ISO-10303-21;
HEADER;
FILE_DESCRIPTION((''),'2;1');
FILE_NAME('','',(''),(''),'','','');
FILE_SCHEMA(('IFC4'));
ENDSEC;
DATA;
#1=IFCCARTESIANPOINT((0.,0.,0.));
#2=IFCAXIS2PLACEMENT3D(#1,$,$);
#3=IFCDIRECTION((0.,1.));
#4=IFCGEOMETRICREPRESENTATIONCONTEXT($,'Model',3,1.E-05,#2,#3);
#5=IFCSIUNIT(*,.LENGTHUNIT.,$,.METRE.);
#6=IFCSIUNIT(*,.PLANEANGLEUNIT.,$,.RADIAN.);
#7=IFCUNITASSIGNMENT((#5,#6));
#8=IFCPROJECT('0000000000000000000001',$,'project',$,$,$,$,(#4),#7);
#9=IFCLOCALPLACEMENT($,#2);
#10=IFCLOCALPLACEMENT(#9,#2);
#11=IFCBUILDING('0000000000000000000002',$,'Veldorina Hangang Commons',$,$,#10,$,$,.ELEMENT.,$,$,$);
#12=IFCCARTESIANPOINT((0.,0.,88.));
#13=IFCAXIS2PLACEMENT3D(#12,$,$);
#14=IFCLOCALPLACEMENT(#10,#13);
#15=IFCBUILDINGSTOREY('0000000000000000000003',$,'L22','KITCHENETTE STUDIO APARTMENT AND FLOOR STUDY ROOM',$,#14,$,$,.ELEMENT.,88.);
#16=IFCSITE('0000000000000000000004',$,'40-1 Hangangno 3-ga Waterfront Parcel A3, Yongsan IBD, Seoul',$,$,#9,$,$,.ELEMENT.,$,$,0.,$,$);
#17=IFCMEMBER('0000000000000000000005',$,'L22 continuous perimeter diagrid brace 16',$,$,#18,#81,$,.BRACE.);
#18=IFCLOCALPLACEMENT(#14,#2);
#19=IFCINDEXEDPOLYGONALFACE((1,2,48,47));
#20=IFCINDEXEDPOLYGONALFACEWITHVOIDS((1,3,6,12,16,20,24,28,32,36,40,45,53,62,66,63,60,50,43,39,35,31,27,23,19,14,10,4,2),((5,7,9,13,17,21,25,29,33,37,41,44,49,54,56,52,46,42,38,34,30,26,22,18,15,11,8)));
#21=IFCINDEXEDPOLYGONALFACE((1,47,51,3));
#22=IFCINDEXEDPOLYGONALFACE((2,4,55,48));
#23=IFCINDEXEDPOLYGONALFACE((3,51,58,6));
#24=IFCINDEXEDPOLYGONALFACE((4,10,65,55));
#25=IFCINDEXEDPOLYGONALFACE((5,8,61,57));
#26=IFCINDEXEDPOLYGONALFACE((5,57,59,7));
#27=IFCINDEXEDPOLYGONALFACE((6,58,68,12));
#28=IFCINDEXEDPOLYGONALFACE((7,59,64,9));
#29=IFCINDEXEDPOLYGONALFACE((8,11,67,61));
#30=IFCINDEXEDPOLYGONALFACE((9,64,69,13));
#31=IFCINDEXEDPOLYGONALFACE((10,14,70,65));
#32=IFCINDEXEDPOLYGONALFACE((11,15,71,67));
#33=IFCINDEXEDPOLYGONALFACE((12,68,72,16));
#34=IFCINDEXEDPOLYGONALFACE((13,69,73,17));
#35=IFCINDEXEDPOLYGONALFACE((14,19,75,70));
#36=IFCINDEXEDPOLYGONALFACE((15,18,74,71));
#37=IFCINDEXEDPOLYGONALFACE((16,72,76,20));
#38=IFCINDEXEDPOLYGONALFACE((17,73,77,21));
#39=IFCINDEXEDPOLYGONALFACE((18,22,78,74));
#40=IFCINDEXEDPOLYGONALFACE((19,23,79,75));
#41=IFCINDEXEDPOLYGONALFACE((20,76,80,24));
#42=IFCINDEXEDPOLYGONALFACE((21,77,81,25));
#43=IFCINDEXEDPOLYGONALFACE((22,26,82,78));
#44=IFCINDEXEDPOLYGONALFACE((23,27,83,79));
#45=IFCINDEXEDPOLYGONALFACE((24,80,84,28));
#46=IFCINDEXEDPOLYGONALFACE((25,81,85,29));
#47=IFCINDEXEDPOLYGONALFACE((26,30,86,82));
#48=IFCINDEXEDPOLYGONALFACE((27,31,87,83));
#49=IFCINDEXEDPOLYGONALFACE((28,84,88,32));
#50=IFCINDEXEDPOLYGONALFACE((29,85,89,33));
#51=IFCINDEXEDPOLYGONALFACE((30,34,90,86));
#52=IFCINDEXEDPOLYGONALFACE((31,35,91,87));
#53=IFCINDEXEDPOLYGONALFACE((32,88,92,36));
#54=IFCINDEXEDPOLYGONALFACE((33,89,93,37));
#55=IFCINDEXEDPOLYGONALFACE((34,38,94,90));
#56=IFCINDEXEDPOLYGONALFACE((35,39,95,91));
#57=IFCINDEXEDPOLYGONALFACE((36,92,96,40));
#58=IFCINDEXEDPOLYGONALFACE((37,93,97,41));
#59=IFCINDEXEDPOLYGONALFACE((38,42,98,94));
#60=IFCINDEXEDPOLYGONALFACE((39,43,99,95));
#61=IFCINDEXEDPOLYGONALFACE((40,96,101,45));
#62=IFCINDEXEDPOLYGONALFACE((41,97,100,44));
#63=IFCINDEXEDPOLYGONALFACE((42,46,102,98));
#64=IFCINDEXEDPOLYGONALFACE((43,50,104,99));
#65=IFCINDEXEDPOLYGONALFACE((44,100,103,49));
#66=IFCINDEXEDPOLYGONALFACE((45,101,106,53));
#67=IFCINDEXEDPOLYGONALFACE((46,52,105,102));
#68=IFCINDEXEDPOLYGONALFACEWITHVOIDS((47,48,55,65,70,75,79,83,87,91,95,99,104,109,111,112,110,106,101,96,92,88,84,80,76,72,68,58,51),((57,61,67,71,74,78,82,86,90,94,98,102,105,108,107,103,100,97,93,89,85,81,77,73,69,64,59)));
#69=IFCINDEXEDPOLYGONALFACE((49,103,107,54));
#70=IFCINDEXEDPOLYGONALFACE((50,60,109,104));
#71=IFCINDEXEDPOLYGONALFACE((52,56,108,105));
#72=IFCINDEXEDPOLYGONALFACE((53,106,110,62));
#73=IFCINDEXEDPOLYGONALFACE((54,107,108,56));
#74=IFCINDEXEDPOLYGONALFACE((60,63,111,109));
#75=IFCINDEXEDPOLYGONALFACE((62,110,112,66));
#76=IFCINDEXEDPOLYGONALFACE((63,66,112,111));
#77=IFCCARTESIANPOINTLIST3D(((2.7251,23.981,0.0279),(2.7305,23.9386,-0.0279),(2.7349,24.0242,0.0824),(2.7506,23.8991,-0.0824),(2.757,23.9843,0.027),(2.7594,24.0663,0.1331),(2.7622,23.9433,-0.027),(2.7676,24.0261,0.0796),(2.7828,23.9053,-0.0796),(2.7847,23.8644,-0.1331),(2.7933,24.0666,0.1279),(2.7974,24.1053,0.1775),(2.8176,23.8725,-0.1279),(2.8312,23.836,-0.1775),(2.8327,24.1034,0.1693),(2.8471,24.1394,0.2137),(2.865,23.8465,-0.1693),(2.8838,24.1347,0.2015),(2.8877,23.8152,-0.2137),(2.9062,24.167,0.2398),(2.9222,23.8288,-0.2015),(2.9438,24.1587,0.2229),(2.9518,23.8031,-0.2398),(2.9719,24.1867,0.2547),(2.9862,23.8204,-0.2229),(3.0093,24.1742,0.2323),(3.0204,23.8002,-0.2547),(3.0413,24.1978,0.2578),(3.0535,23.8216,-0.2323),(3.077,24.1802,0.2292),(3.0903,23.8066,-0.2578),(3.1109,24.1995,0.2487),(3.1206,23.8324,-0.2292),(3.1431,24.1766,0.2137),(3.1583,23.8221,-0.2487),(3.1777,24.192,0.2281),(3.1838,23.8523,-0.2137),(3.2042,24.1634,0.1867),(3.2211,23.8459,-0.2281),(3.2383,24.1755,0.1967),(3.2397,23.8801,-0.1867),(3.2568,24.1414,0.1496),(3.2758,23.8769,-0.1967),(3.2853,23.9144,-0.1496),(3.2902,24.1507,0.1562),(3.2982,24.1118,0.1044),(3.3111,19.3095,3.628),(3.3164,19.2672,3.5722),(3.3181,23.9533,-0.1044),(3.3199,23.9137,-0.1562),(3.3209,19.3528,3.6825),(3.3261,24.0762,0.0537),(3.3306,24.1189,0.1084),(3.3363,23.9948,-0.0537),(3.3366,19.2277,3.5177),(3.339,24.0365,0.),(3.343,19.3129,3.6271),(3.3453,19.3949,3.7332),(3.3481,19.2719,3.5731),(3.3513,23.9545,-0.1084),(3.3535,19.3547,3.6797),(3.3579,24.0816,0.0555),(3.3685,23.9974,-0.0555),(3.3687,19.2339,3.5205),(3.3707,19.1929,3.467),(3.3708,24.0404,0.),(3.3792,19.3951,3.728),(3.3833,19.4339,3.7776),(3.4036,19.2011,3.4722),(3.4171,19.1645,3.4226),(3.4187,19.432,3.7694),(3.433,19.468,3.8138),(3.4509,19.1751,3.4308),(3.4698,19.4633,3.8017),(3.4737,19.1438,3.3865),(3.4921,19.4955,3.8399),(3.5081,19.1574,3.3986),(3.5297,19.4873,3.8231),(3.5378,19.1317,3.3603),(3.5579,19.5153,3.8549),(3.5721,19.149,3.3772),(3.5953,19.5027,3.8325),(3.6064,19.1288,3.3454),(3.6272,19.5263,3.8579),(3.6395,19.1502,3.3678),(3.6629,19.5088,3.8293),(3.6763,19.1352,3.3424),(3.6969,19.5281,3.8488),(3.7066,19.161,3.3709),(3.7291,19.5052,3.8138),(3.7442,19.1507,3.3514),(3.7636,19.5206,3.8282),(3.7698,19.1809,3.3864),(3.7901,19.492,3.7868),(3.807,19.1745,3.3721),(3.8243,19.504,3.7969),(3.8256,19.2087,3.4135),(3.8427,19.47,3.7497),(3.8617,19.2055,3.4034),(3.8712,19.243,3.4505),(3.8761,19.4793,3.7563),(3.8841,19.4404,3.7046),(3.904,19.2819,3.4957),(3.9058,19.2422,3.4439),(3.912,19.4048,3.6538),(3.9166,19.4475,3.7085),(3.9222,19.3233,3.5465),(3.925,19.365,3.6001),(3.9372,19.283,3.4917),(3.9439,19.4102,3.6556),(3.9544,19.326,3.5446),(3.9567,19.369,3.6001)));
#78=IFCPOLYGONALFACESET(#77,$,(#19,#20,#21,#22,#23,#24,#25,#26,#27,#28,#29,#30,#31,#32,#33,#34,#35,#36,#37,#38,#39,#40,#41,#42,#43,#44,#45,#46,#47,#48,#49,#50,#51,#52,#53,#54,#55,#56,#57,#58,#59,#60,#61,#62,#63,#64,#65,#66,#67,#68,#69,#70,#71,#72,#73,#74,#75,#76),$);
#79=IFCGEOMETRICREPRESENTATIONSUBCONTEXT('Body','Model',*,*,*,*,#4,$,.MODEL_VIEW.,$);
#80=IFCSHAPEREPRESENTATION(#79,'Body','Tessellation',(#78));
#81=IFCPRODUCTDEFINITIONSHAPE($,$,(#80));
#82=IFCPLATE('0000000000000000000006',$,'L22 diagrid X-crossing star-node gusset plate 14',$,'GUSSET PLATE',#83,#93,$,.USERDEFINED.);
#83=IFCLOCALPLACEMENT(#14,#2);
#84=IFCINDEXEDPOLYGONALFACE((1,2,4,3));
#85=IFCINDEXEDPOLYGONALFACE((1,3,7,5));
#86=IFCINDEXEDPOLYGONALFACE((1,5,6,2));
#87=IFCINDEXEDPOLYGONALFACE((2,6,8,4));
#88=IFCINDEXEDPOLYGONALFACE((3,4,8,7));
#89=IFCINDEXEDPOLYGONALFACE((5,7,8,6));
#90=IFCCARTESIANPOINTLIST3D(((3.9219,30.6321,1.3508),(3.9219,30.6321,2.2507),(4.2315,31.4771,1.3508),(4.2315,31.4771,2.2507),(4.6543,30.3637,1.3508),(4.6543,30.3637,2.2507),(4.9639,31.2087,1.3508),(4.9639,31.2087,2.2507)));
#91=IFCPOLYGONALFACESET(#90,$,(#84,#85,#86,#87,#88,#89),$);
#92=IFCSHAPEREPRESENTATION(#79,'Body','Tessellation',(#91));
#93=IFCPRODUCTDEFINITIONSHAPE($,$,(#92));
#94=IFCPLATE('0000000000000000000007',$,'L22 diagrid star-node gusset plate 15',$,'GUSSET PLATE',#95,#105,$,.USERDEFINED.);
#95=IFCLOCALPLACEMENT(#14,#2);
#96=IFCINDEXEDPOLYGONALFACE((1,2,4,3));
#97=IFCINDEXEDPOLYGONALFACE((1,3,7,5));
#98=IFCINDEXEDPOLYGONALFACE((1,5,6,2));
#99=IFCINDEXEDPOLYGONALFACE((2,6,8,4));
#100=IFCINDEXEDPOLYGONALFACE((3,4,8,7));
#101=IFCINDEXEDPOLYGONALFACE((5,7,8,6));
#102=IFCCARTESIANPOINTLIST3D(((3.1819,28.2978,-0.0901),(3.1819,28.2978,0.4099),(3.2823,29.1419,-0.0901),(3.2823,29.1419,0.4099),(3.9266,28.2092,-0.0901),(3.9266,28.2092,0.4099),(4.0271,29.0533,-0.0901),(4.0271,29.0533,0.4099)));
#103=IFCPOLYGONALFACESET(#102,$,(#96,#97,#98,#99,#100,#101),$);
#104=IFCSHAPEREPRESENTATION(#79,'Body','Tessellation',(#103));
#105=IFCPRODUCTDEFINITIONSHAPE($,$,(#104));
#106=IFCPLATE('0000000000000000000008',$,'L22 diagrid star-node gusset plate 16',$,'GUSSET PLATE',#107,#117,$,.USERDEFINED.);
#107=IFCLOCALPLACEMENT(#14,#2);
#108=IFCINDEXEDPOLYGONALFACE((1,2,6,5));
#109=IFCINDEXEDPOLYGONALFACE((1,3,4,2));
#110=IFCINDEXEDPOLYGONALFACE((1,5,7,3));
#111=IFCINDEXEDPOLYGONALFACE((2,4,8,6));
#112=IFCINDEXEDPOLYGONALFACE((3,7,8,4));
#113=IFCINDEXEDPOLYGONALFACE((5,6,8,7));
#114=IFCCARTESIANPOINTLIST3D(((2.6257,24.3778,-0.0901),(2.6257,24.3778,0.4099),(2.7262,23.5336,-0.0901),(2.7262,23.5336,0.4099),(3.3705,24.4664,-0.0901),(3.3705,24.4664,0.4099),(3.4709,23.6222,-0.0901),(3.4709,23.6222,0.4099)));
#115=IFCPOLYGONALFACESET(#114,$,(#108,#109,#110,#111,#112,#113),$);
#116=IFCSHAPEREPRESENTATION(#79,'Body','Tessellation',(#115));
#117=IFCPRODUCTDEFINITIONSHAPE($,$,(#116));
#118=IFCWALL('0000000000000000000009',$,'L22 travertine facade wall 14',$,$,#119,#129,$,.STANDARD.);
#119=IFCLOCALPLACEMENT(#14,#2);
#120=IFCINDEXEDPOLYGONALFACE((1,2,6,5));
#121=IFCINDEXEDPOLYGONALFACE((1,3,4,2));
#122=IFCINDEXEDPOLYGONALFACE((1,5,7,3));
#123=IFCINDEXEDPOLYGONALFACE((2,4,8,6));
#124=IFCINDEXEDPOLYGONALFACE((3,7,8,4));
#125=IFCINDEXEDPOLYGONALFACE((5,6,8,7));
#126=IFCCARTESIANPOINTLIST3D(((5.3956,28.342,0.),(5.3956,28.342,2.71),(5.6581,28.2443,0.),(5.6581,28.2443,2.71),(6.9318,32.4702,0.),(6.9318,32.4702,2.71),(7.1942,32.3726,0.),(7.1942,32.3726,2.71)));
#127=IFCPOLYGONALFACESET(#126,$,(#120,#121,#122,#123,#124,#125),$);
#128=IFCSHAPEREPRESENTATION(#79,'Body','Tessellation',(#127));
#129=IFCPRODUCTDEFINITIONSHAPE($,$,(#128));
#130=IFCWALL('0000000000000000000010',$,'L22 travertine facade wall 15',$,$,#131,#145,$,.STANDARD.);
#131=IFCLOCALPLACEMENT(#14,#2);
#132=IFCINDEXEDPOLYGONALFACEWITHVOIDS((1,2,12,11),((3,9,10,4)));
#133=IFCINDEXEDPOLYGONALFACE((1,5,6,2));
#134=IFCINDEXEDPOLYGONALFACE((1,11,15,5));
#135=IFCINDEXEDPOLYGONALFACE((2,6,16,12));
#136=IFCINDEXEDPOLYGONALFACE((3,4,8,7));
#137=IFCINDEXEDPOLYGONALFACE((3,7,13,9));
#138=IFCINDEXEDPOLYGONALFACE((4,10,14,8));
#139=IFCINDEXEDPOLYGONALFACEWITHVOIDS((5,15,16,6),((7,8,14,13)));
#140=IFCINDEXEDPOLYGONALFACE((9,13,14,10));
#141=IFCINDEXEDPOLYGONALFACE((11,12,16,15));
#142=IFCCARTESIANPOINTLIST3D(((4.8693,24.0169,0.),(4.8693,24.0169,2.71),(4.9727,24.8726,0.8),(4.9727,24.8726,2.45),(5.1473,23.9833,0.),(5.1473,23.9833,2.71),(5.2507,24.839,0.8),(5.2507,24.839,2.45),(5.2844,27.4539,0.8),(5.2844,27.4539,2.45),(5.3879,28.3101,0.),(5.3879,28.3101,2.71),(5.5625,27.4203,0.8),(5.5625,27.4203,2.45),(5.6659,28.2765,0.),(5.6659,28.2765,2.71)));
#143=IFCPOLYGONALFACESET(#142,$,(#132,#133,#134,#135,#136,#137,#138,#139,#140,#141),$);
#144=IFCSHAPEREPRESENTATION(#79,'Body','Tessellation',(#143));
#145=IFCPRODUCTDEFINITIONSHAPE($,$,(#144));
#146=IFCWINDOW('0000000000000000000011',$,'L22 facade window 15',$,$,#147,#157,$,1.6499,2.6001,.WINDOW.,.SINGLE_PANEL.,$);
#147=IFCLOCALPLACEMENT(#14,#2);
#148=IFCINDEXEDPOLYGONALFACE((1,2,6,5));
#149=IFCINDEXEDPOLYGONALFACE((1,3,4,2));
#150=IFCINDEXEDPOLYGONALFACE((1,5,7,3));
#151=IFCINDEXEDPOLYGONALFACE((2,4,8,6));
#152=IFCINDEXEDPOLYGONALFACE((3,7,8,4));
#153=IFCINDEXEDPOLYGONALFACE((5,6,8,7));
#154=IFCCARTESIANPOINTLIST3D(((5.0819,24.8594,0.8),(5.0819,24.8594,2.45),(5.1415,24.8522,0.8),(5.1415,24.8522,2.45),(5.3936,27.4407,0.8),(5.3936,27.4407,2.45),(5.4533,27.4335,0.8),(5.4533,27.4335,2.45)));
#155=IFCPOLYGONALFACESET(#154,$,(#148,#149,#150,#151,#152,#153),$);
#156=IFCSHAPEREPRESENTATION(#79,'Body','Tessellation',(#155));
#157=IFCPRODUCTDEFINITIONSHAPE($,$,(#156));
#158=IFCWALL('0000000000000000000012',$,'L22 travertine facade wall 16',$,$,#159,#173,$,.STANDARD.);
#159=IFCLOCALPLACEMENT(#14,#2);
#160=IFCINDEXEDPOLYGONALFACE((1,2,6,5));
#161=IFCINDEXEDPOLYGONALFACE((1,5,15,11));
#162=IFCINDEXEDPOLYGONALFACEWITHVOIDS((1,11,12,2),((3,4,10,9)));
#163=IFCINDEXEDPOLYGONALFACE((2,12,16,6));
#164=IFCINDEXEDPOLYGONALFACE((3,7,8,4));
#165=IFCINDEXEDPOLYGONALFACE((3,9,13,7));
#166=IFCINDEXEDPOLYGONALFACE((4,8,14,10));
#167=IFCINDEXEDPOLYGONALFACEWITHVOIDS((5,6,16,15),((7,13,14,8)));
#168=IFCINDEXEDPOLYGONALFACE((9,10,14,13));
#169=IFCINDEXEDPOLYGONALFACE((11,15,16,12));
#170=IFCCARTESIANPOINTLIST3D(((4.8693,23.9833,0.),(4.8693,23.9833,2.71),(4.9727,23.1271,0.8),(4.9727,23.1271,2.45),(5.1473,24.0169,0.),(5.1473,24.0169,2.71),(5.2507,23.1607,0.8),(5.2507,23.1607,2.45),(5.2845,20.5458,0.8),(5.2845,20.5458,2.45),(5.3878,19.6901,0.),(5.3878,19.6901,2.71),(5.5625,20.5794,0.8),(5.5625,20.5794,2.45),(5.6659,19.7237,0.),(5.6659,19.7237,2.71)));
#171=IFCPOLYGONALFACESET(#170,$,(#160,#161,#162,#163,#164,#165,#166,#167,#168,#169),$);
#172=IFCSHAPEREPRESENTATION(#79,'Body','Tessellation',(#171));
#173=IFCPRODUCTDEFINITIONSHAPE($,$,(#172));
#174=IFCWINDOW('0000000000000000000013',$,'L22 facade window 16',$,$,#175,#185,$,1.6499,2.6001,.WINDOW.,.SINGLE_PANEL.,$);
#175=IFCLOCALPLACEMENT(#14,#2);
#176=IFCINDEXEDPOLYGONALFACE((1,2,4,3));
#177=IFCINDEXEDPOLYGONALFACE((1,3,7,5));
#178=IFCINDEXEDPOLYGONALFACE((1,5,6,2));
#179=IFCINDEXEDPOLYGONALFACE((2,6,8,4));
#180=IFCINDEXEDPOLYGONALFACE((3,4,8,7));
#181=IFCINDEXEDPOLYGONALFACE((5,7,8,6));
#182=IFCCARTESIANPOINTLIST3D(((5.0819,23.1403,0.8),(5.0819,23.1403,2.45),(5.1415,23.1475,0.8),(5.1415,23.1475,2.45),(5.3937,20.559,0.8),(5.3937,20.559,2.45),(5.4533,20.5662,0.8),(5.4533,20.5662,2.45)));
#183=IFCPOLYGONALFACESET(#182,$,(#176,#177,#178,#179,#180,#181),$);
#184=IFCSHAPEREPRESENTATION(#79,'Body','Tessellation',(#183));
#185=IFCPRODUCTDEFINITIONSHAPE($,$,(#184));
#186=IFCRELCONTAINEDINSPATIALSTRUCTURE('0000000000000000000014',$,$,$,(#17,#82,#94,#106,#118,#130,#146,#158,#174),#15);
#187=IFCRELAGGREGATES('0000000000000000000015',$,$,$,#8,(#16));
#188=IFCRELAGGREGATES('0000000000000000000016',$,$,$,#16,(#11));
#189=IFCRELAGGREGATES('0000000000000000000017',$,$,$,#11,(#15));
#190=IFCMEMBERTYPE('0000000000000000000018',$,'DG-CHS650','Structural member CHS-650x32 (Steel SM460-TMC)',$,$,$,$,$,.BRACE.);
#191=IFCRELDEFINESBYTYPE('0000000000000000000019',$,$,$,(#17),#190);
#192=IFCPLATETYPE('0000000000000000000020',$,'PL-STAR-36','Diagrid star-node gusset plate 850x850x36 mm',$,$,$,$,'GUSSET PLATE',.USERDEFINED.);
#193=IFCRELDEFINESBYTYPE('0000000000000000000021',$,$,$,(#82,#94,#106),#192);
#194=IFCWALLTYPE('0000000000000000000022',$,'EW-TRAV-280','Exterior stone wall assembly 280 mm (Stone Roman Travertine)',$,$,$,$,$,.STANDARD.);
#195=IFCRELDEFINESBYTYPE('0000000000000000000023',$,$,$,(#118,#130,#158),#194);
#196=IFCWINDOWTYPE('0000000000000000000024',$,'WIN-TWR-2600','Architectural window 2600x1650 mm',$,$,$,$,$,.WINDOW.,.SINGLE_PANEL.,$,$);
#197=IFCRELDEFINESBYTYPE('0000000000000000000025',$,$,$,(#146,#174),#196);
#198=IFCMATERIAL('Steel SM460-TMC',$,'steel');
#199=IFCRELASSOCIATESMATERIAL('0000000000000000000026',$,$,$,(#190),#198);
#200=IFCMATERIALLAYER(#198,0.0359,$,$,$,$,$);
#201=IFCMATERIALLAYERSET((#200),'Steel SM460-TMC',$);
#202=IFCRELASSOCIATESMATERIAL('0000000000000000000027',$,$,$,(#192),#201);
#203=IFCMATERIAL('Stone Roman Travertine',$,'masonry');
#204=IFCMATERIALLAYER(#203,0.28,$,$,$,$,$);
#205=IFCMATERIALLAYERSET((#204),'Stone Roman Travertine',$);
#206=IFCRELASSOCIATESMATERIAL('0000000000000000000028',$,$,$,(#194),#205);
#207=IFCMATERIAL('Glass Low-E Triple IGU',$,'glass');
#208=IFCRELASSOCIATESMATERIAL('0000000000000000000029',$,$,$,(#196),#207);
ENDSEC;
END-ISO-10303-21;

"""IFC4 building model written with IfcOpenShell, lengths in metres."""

from ifc_helpers import new_model, si_unit, direction, frame, frame_2d, origin, origin_2d, place, context, subcontext, project, spatial, rectangle, hollow_circle, extrude, material, layer, layer_set, material_profile, profile_set, type_object, element, fill, save


model = new_model("IFC4")

# Units and contexts
model_context = context("Model", 3, precision=1e-05, world=origin(), true_north=direction((0.0, 1.0)))
body_context = subcontext(model_context, "Body", "Model", "MODEL_VIEW")
ifc_project = project(units=[si_unit("LENGTHUNIT", "METRE"), si_unit("PLANEANGLEUNIT", "RADIAN")], contexts=[model_context])

# Site, building, storey
site_placement = place(None, origin())
site = spatial("IfcSite", under=ifc_project, at=site_placement, Name="40-1 Hangangno 3-ga Waterfront Parcel A3, Yongsan IBD, Seoul", CompositionType="ELEMENT", RefElevation=0.0)
building_placement = place(site_placement, origin())
building = spatial("IfcBuilding", under=site, at=building_placement, Name="Veldorina Hangang Commons", CompositionType="ELEMENT")
storey_placement = place(building_placement, frame((0.0, 0.0, 88.0)))
storey = spatial("IfcBuildingStorey", under=building, at=storey_placement, Name="L22", Description="KITCHENETTE STUDIO APARTMENT AND FLOOR STUDY ROOM", CompositionType="ELEMENT", Elevation=88.0)

# Member
ifc_material_1 = material(Name="Steel SM460-TMC", Category="steel")
ifc_material_profile_1 = material_profile(ifc_material_1, hollow_circle(Radius=0.325, WallThickness=0.032, at=origin_2d()), Name="CHS-650x32")
ifc_profile_set_1 = profile_set([ifc_material_profile_1], Name="Steel SM460-TMC")
member_type = type_object("IfcMemberType", Name="DG-CHS650", Description="Structural member CHS-650x32 (Steel SM460-TMC)", PredefinedType="BRACE", material=ifc_profile_set_1)
member_1_placement = place(storey_placement, frame((3.0483, 24.0, 0.0), z_axis=(0.098864, -0.788192, 0.607436), x_axis=(0.992225, 0.124456, 0.0)))
element("IfcMember", 1, at=member_1_placement, inside=storey, type_object=member_type, Name="L22 continuous perimeter diagrid brace 16", PredefinedType="BRACE", context=body_context, shape_type="SweptSolid", body=[
    extrude(hollow_circle(Radius=0.325, WallThickness=0.032, at=origin_2d()), origin(), (0.0, 0.0, 1.0), 5.9268),
])

# Plates
ifc_layer_1 = layer(ifc_material_1, 0.0359)
ifc_layer_set_1 = layer_set([ifc_layer_1], Name="Steel SM460-TMC")
plate_type = type_object("IfcPlateType", Name="PL-STAR-36", Description="Diagrid star-node gusset plate 850x850x36 mm", ElementType="GUSSET PLATE", PredefinedType="USERDEFINED", material=ifc_layer_set_1)
plate_placement = place(storey_placement, frame((4.4429, 30.9204, 1.3508), z_axis=(0.0, 0.0, 1.0), x_axis=(-0.344069, -0.938944, 0.0)))
element("IfcPlate", 2, at=plate_placement, inside=storey, type_object=plate_type, Name="L22 diagrid X-crossing star-node gusset plate 14", ObjectType="GUSSET PLATE", PredefinedType="USERDEFINED", context=body_context, shape_type="SweptSolid", body=[
    extrude(rectangle(XDim=0.8999, YDim=0.78, at=origin_2d()), origin(), (0.0, 0.0, 1.0), 0.8999),
])
for number, where, z_axis, x_axis, name in (
    (3, (3.6045, 28.6755, -0.0901), (0.0, 0.0, 1.0), (-0.118144, -0.992996, 0.0), "L22 diagrid star-node gusset plate 15"),
    (4, (3.0483, 24.0, -0.0901), (0.0, 0.0, 1.0), (0.118144, -0.992996, 0.0), "L22 diagrid star-node gusset plate 16"),
):
    element("IfcPlate", number, at=place(storey_placement, frame(where, z_axis=z_axis, x_axis=x_axis)), inside=storey, type_object=plate_type, Name=name, ObjectType="GUSSET PLATE", PredefinedType="USERDEFINED", context=body_context, shape_type="SweptSolid", body=[
        extrude(rectangle(XDim=0.8501, YDim=0.75, at=origin_2d()), origin(), (0.0, 0.0, 1.0), 0.5),
    ])

# Wall
ifc_material_2 = material(Name="Stone Roman Travertine", Category="masonry")
ifc_layer_2 = layer(ifc_material_2, 0.28)
ifc_layer_set_2 = layer_set([ifc_layer_2], Name="Stone Roman Travertine")
wall_type_1 = type_object("IfcWallType", Name="EW-TRAV-280", Description="Exterior stone wall assembly 280 mm (Stone Roman Travertine)", PredefinedType="STANDARD", material=ifc_layer_set_2)
wall_1_placement = place(storey_placement, frame((7.063, 32.4214, 0.0), z_axis=(0.0, 0.0, 1.0), x_axis=(-0.348747, -0.937217, 0.0)))
element("IfcWall", 5, at=wall_1_placement, inside=storey, type_object=wall_type_1, Name="L22 travertine facade wall 14", PredefinedType="STANDARD", context=body_context, shape_type="SweptSolid", body=[
    extrude(rectangle(XDim=4.4048, YDim=0.28, at=frame_2d((2.2024, 0.0))), origin(), (0.0, 0.0, 1.0), 2.71),
])

# Walls, openings, windows
wall_2_placement = place(storey_placement, frame((5.5269, 28.2932, 0.0), z_axis=(0.0, 0.0, 1.0), x_axis=(-0.119913, -0.992784, 0.0)))
wall_2 = element("IfcWall", 6, at=wall_2_placement, inside=storey, type_object=wall_type_1, Name="L22 travertine facade wall 15", PredefinedType="STANDARD", context=body_context, shape_type="SweptSolid", body=[
    extrude(rectangle(XDim=4.3245, YDim=0.28, at=frame_2d((2.1621, 0.0))), origin(), (0.0, 0.0, 1.0), 2.71),
])
opening_1_placement = place(wall_2_placement, frame((0.8623, 0.0, 0.8)))
opening_1 = element("IfcOpeningElement", 7, at=opening_1_placement, cuts=wall_2, PredefinedType="OPENING", context=body_context, shape_type="SweptSolid", body=[
    extrude(rectangle(XDim=2.6001, YDim=1.6499, at=frame_2d((1.3, 0.825))), frame((0.0, 0.1499, 0.0), z_axis=(0.0, -1.0, 0.0), x_axis=(1.0, 0.0, 0.0)), (0.0, 0.0, 1.0), 0.3),
])
ifc_material_3 = material(Name="Glass Low-E Triple IGU", Category="glass")
window_type = type_object("IfcWindowType", Name="WIN-TWR-2600", Description="Architectural window 2600x1650 mm", PartitioningType="SINGLE_PANEL", PredefinedType="WINDOW", material=ifc_material_3)
window_1_placement = place(opening_1_placement, origin())
window_1 = element("IfcWindow", 8, at=window_1_placement, inside=storey, type_object=window_type, Name="L22 facade window 15", OverallHeight=1.6499, OverallWidth=2.6001, PartitioningType="SINGLE_PANEL", PredefinedType="WINDOW", context=body_context, shape_type="SweptSolid", body=[
    extrude(rectangle(XDim=2.6001, YDim=1.6499, at=frame_2d((1.3, 0.825))), frame((0.0, 0.03, 0.0), z_axis=(0.0, -1.0, 0.0), x_axis=(1.0, 0.0, 0.0)), (0.0, 0.0, 1.0), 0.0601),
])
fill(opening_1, window_1)
wall_3_placement = place(storey_placement, frame((5.0083, 24.0, 0.0), z_axis=(0.0, 0.0, 1.0), x_axis=(0.119913, -0.992784, 0.0)))
wall_3 = element("IfcWall", 9, at=wall_3_placement, inside=storey, type_object=wall_type_1, Name="L22 travertine facade wall 16", PredefinedType="STANDARD", context=body_context, shape_type="SweptSolid", body=[
    extrude(rectangle(XDim=4.3245, YDim=0.28, at=frame_2d((2.1621, 0.0))), origin(), (0.0, 0.0, 1.0), 2.71),
])
opening_2_placement = place(wall_3_placement, frame((0.8623, 0.0, 0.8)))
opening_2 = element("IfcOpeningElement", 10, at=opening_2_placement, cuts=wall_3, PredefinedType="OPENING", context=body_context, shape_type="SweptSolid", body=[
    extrude(rectangle(XDim=2.6001, YDim=1.6499, at=frame_2d((1.3, 0.825))), frame((0.0, 0.1499, 0.0), z_axis=(0.0, -1.0, 0.0), x_axis=(1.0, 0.0, 0.0)), (0.0, 0.0, 1.0), 0.3),
])
window_2_placement = place(opening_2_placement, origin())
window_2 = element("IfcWindow", 11, at=window_2_placement, inside=storey, type_object=window_type, Name="L22 facade window 16", OverallHeight=1.6499, OverallWidth=2.6001, PartitioningType="SINGLE_PANEL", PredefinedType="WINDOW", context=body_context, shape_type="SweptSolid", body=[
    extrude(rectangle(XDim=2.6001, YDim=1.6499, at=frame_2d((1.3, 0.825))), frame((0.0, 0.03, 0.0), z_axis=(0.0, -1.0, 0.0), x_axis=(1.0, 0.0, 0.0)), (0.0, 0.0, 1.0), 0.0601),
])
fill(opening_2, window_2)

save(model, "model.ifc")
